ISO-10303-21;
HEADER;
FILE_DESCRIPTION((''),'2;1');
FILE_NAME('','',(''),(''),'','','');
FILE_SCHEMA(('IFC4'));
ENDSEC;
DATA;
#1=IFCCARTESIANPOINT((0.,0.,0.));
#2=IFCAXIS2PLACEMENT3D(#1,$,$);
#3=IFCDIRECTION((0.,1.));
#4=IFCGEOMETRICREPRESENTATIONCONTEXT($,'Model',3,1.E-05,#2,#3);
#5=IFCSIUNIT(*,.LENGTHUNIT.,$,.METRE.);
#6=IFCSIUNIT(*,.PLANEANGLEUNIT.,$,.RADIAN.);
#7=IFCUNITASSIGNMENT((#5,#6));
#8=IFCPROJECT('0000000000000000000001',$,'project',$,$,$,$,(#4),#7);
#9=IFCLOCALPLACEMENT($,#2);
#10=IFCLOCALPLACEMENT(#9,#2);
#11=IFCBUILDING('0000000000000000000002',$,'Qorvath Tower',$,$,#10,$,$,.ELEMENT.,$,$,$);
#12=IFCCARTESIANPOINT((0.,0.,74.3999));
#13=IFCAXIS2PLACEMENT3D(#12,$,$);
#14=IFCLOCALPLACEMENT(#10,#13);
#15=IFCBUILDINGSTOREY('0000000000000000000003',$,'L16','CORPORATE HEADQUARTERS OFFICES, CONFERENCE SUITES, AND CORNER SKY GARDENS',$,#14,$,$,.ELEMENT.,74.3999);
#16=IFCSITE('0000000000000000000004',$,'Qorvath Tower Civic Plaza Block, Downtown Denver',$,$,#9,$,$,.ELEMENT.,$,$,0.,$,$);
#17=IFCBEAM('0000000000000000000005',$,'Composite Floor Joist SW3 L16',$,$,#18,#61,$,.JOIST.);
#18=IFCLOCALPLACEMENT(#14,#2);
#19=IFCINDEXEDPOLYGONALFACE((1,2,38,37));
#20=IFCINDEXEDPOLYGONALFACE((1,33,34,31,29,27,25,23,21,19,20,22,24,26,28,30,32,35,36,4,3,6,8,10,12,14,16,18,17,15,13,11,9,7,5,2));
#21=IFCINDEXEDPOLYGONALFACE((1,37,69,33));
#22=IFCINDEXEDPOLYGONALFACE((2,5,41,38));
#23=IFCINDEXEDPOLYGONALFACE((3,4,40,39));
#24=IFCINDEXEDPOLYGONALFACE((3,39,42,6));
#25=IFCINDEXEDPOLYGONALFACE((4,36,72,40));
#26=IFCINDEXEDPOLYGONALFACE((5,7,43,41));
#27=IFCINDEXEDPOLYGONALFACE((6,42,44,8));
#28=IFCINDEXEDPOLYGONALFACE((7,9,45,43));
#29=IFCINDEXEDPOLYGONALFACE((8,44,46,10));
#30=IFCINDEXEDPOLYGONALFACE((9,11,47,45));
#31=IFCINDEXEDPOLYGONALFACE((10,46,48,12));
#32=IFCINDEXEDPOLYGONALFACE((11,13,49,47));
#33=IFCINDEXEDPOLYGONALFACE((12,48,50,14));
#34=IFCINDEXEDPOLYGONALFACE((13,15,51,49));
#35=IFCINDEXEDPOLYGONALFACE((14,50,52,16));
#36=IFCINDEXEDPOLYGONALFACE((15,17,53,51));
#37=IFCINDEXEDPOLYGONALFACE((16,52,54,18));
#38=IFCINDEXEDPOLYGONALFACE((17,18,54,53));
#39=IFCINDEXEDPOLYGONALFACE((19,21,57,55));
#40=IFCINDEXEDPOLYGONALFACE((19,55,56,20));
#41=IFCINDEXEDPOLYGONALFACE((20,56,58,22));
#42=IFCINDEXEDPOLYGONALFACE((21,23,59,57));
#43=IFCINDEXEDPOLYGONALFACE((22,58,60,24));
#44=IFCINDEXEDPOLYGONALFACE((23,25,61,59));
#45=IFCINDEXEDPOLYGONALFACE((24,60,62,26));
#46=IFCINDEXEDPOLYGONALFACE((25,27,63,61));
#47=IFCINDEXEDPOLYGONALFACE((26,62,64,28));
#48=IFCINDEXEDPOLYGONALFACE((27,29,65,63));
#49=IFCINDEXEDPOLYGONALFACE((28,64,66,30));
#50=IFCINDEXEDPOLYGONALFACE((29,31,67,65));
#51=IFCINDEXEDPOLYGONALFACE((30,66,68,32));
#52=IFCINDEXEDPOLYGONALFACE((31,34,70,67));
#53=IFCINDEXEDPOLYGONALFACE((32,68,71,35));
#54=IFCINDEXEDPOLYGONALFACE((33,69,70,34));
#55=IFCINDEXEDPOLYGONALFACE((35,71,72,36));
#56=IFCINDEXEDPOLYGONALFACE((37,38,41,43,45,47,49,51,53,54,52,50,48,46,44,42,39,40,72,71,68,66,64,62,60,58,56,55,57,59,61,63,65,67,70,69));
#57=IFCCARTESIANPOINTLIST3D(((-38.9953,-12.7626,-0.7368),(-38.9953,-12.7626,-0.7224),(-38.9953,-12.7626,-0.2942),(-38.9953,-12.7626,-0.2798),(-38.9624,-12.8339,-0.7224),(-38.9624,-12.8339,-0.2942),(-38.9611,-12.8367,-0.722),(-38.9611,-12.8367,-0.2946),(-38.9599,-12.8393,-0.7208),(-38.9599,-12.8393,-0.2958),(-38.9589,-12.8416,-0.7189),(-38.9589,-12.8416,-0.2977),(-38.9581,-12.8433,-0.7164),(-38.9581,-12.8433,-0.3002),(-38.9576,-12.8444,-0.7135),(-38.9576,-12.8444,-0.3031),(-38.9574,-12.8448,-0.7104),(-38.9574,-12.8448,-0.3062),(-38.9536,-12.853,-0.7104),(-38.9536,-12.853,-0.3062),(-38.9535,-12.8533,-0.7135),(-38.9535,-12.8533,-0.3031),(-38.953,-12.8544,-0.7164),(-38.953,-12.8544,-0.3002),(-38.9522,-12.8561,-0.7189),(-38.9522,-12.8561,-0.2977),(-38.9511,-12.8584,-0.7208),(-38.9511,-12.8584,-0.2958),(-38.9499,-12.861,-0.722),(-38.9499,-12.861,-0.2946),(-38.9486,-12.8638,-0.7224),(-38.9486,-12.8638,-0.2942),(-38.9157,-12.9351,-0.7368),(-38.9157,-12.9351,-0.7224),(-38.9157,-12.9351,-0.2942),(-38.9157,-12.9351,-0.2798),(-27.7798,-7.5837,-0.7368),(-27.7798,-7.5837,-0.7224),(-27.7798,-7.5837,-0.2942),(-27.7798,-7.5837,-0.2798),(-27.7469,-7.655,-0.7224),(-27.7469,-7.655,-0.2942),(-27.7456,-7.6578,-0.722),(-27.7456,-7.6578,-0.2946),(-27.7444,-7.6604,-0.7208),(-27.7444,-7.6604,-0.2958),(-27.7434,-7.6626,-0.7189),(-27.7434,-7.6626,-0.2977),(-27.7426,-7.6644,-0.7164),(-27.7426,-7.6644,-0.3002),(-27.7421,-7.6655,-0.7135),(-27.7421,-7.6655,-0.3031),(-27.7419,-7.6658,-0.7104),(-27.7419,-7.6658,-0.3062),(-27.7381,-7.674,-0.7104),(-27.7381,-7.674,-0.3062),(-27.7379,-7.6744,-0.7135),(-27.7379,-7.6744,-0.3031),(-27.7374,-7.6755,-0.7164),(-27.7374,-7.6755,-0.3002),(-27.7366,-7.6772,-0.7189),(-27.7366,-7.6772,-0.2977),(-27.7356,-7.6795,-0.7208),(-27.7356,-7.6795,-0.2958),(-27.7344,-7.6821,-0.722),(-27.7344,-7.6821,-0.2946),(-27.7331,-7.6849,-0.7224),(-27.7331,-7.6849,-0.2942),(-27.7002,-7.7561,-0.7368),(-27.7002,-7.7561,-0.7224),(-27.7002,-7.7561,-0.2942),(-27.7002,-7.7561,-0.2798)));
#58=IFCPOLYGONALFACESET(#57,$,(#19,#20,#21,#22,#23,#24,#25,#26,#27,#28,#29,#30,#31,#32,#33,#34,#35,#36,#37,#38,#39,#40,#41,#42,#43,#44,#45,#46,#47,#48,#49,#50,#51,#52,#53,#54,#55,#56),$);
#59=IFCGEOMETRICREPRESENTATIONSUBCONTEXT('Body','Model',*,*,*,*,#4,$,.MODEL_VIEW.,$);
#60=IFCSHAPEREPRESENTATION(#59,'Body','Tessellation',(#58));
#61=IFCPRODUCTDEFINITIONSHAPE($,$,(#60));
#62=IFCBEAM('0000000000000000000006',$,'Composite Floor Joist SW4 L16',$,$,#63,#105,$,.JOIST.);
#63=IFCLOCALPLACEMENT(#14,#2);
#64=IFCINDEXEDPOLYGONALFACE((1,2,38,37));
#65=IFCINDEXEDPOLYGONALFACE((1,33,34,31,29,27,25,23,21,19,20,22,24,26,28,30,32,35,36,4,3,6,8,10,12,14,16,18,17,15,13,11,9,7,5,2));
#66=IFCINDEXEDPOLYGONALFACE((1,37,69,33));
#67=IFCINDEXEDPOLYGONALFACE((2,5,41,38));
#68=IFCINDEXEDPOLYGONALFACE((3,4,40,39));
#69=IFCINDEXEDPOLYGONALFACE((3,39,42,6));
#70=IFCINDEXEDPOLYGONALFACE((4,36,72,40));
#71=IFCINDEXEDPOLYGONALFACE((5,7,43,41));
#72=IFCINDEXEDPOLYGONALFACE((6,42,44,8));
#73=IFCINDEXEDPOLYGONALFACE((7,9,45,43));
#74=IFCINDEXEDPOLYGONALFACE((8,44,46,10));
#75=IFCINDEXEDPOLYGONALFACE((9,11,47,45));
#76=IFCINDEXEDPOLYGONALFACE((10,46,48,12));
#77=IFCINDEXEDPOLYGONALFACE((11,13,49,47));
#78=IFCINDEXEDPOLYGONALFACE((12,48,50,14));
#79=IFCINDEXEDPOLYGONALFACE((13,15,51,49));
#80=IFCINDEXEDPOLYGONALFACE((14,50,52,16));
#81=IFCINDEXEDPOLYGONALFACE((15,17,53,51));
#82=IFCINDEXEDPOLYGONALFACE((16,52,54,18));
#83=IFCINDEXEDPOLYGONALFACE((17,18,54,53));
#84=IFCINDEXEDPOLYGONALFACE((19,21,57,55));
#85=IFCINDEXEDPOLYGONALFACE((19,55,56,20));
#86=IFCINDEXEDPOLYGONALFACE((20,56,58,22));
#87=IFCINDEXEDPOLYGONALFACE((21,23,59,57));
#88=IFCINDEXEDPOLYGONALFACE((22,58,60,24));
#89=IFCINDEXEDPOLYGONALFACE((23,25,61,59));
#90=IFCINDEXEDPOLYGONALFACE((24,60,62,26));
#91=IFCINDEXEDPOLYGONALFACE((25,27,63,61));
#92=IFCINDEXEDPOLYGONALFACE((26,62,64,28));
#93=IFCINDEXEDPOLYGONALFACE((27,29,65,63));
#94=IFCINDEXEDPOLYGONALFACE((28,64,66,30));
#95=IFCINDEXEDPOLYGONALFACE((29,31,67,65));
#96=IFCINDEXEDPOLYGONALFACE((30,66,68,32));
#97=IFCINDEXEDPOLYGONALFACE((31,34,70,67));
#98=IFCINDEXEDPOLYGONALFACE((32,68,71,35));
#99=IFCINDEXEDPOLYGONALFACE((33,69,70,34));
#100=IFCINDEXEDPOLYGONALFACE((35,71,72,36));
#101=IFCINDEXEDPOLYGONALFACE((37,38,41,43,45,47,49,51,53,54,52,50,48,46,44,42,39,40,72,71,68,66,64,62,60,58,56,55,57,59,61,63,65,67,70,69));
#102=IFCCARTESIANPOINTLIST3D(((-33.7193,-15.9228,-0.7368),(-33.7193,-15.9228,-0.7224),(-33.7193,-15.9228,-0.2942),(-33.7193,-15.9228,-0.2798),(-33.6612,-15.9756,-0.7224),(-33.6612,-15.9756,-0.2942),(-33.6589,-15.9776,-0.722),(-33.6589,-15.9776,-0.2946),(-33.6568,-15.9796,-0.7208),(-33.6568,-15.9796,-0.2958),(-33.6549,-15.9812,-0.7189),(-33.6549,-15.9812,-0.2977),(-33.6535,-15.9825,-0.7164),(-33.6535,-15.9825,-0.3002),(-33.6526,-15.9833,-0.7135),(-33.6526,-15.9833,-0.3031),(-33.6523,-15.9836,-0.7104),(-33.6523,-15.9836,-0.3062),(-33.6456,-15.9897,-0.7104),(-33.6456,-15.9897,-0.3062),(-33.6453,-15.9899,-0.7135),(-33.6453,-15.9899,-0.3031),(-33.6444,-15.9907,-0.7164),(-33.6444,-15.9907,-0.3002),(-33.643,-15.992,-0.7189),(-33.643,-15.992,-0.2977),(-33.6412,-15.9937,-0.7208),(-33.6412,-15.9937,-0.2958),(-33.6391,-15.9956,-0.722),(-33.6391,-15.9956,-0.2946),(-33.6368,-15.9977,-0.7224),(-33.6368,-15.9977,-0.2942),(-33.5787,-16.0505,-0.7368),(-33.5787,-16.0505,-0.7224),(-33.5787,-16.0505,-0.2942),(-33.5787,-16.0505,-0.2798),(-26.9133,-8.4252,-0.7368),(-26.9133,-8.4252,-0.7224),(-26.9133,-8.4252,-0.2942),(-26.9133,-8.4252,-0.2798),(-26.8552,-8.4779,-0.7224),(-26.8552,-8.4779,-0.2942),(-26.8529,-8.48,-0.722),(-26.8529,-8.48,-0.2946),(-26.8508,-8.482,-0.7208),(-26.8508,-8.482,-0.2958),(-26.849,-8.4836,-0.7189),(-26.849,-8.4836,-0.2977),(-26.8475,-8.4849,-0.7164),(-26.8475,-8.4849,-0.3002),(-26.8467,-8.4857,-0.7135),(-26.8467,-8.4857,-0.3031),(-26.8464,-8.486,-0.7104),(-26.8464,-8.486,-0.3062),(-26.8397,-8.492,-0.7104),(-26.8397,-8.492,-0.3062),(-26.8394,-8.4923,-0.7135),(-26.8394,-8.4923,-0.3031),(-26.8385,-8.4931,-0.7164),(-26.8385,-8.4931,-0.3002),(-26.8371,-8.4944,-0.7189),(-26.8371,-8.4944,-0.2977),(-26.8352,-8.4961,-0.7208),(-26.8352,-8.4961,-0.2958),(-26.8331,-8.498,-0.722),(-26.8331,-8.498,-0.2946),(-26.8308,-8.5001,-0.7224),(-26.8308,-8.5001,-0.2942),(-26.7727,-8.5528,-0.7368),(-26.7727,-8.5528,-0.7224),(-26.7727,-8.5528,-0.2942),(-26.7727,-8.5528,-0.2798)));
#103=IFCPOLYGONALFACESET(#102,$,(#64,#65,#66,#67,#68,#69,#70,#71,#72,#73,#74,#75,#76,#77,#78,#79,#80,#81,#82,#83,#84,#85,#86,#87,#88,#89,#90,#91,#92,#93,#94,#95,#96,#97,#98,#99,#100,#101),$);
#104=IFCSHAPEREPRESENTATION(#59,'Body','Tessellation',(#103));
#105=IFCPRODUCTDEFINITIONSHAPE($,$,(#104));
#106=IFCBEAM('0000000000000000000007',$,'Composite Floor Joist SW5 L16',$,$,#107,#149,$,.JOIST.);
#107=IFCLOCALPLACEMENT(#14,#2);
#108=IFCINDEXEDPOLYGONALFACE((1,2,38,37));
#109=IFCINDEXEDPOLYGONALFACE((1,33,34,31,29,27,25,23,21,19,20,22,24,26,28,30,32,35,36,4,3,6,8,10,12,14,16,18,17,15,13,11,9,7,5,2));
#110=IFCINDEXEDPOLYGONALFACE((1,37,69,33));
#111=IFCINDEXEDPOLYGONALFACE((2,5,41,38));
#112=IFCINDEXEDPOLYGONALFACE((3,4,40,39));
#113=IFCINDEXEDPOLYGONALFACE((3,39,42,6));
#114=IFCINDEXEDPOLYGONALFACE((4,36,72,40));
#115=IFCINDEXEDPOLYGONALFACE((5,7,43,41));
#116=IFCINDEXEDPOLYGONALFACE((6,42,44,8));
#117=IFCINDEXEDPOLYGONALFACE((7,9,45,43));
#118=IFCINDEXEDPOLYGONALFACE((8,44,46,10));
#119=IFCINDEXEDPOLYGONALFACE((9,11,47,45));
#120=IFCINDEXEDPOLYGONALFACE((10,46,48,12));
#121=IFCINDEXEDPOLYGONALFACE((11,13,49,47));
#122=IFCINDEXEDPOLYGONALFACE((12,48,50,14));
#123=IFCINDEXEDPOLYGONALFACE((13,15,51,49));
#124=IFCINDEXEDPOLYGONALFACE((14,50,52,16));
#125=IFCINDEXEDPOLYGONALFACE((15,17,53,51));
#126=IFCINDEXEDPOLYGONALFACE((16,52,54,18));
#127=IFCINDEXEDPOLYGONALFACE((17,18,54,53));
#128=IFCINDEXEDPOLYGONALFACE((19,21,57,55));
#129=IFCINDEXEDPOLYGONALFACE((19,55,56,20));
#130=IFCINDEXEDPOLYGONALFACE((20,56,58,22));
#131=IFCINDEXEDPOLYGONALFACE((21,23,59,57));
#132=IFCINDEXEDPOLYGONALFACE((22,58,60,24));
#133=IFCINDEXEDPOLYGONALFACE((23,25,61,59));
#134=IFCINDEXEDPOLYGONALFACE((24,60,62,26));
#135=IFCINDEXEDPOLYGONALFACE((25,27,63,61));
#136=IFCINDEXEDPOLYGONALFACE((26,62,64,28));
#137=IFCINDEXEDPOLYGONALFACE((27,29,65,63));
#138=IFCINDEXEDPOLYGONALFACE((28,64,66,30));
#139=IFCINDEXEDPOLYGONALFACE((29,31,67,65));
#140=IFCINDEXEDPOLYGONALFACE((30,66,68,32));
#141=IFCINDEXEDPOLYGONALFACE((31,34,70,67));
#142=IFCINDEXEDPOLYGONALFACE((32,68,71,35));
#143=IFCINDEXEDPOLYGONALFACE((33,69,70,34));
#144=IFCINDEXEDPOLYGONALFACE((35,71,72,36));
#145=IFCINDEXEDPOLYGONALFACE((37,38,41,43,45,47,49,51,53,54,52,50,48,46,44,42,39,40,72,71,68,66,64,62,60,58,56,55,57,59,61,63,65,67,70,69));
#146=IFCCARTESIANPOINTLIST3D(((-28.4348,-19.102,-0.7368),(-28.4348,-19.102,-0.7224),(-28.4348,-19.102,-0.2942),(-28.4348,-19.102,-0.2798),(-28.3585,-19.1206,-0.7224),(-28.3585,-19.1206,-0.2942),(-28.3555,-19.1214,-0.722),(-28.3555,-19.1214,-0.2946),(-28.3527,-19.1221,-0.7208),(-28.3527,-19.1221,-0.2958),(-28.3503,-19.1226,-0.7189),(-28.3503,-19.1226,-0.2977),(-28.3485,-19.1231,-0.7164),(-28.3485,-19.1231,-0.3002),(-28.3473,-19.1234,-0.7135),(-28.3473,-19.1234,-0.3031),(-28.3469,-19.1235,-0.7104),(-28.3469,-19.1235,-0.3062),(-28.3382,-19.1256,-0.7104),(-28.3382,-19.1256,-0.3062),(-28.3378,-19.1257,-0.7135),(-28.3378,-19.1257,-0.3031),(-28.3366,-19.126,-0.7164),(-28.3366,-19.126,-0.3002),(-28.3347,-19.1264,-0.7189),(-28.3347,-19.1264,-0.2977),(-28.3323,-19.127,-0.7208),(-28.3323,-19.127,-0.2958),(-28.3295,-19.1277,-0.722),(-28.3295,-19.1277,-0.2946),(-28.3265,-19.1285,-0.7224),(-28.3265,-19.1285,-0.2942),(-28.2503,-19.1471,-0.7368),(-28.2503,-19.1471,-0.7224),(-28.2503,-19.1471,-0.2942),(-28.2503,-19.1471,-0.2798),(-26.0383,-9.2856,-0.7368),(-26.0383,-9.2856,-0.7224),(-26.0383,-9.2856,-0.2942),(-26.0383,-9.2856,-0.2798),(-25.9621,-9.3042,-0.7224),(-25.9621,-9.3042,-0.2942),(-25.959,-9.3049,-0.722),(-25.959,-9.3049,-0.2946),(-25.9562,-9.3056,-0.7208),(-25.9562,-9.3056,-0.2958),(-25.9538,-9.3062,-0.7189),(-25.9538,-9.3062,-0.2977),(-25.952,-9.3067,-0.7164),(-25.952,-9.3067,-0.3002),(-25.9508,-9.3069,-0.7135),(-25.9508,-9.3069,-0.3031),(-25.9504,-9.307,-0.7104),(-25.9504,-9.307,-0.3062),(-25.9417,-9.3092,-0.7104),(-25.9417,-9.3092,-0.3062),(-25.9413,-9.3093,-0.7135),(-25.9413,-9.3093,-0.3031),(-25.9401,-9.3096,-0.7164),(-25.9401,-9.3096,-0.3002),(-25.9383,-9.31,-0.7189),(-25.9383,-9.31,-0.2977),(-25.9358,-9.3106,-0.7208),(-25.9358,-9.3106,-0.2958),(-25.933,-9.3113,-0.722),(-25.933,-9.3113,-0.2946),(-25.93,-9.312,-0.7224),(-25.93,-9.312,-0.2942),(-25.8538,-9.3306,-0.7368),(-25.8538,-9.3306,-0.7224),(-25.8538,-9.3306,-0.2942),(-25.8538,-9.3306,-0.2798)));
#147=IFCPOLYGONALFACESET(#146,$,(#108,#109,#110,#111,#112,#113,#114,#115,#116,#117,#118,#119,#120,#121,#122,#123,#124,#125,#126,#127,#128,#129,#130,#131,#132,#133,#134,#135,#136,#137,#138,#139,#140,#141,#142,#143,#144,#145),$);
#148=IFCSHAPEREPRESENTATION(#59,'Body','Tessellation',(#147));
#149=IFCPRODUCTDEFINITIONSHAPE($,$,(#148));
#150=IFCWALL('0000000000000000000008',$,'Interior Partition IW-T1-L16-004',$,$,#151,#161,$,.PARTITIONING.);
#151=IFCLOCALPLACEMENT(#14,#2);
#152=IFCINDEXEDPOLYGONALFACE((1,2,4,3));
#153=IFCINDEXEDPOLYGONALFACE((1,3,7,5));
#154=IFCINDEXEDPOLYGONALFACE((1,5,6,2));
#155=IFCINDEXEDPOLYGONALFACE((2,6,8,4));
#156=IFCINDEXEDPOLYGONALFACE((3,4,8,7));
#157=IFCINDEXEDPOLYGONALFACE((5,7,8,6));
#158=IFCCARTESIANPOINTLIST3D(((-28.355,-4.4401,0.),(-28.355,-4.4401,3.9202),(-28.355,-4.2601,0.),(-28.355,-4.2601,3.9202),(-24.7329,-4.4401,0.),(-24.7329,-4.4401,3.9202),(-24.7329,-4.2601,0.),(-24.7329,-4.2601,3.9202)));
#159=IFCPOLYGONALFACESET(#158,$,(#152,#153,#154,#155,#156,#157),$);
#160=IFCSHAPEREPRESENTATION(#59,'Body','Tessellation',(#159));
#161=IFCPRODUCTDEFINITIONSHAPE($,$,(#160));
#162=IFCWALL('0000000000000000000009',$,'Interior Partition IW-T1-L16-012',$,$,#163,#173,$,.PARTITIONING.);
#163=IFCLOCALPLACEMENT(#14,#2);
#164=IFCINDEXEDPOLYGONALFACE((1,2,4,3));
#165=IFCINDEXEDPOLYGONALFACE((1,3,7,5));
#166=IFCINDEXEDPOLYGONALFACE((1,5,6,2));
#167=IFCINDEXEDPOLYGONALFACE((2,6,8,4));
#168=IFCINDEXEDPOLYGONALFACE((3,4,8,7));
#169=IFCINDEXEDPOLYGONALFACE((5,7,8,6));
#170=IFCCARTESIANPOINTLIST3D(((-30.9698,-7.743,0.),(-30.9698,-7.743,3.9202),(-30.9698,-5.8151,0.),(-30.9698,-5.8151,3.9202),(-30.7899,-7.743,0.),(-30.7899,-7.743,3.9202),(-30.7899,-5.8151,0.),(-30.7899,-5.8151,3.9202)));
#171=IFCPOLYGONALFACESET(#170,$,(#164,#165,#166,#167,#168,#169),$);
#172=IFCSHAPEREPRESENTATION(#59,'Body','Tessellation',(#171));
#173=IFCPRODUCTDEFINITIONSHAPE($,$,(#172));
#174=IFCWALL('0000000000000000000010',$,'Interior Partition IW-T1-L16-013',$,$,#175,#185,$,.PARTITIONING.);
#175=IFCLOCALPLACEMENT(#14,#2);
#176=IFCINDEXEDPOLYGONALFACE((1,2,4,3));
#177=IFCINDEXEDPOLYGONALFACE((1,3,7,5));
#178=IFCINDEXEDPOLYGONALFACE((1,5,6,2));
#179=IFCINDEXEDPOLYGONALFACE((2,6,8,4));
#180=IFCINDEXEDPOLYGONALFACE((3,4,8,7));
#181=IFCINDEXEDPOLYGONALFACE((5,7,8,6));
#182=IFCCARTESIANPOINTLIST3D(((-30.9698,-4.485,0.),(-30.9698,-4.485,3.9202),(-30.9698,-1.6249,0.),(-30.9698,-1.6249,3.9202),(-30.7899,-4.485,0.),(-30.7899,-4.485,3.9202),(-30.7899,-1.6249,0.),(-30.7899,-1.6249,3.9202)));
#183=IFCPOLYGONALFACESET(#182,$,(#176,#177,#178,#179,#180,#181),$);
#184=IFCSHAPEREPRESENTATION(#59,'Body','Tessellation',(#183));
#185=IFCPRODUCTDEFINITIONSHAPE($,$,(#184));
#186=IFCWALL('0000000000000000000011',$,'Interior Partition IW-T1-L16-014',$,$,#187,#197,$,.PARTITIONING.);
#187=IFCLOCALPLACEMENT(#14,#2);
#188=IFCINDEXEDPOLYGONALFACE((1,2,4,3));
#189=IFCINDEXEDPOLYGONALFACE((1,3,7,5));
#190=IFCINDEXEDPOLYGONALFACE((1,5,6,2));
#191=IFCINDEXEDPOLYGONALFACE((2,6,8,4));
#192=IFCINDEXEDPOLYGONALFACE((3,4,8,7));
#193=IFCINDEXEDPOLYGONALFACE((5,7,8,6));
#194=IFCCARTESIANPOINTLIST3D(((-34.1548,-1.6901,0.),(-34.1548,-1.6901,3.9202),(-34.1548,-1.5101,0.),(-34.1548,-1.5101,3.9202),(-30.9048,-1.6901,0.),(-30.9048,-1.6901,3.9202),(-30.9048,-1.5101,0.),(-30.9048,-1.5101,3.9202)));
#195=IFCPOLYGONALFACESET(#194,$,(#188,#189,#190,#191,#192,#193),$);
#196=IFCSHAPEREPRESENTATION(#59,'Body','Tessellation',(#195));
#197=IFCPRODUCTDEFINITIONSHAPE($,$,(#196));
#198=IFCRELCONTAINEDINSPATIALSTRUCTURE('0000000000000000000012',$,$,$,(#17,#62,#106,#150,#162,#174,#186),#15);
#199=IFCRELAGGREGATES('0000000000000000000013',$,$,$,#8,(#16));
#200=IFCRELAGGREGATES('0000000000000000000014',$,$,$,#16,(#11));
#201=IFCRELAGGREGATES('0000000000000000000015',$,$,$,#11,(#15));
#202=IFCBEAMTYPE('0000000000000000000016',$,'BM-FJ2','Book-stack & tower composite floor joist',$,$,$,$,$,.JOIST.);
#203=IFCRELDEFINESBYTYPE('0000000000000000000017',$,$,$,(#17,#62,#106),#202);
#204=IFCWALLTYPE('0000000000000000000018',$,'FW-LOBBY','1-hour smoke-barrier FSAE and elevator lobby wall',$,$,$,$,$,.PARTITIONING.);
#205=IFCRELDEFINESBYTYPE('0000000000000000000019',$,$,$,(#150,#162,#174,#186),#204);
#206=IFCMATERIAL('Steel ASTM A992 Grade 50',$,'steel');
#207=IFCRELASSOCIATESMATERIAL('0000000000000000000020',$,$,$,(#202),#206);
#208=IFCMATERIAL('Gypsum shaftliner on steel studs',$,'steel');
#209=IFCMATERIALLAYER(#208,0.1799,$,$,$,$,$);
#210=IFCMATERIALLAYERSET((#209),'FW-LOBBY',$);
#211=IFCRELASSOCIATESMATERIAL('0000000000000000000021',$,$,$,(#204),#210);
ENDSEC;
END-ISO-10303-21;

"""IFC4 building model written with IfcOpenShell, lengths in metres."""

from ifc_helpers import new_model, si_unit, direction, frame, frame_2d, origin, origin_2d, place, context, subcontext, project, spatial, rectangle, i_section, extrude, material, layer, layer_set, material_profile, profile_set, type_object, element, save


model = new_model("IFC4")

# Units and contexts
model_context = context("Model", 3, precision=1e-05, world=origin(), true_north=direction((0.0, 1.0)))
body_context = subcontext(model_context, "Body", "Model", "MODEL_VIEW")
ifc_project = project(units=[si_unit("LENGTHUNIT", "METRE"), si_unit("PLANEANGLEUNIT", "RADIAN")], contexts=[model_context])

# Site, building, storey
site_placement = place(None, origin())
site = spatial("IfcSite", under=ifc_project, at=site_placement, Name="Qorvath Tower Civic Plaza Block, Downtown Denver", CompositionType="ELEMENT", RefElevation=0.0)
building_placement = place(site_placement, origin())
building = spatial("IfcBuilding", under=site, at=building_placement, Name="Qorvath Tower", CompositionType="ELEMENT")
storey_placement = place(building_placement, frame((0.0, 0.0, 74.3999)))
storey = spatial("IfcBuildingStorey", under=building, at=storey_placement, Name="L16", Description="CORPORATE HEADQUARTERS OFFICES, CONFERENCE SUITES, AND CORNER SKY GARDENS", CompositionType="ELEMENT", Elevation=74.3999)

# Beams
ifc_material_1 = material(Name="Steel ASTM A992 Grade 50", Category="steel")
ifc_material_profile_1 = material_profile(ifc_material_1, i_section(OverallWidth=0.1899, OverallDepth=0.457, WebThickness=0.009, FlangeThickness=0.0144, FilletRadius=0.012, at=origin_2d()), Name="W18x50")
ifc_profile_set_1 = profile_set([ifc_material_profile_1], Name="Steel ASTM A992 Grade 50")
beam_type_1 = type_object("IfcBeamType", Name="BM-FJ2", Description="Book-stack & tower composite floor joist", PredefinedType="JOIST", material=ifc_profile_set_1)
beam_1_placement = place(storey_placement, frame((-27.74, -7.6699, -0.5083), z_axis=(-0.907881, -0.419227, 0.0), x_axis=(0.419227, -0.907881, 0.0)))
element("IfcBeam", 1, at=beam_1_placement, inside=storey, type_object=beam_type_1, Name="Composite Floor Joist SW3 L16", PredefinedType="JOIST", context=body_context, shape_type="SweptSolid", body=[
    extrude(i_section(OverallWidth=0.1899, OverallDepth=0.457, WebThickness=0.009, FlangeThickness=0.0144, FilletRadius=0.012, at=origin_2d()), origin(), (0.0, 0.0, 1.0), 12.3535),
])
beam_2_placement = place(storey_placement, frame((-26.843, -8.489, -0.5083), z_axis=(-0.672129, -0.740434, 0.0), x_axis=(0.740434, -0.672129, 0.0)))
element("IfcBeam", 2, at=beam_2_placement, inside=storey, type_object=beam_type_1, Name="Composite Floor Joist SW4 L16", PredefinedType="JOIST", context=body_context, shape_type="SweptSolid", body=[
    extrude(i_section(OverallWidth=0.1899, OverallDepth=0.457, WebThickness=0.009, FlangeThickness=0.0144, FilletRadius=0.012, at=origin_2d()), origin(), (0.0, 0.0, 1.0), 10.126),
])
beam_3_placement = place(storey_placement, frame((-25.946, -9.3081, -0.5083), z_axis=(-0.237165, -0.971469, 0.0), x_axis=(0.971469, -0.237165, 0.0)))
element("IfcBeam", 3, at=beam_3_placement, inside=storey, type_object=beam_type_1, Name="Composite Floor Joist SW5 L16", PredefinedType="JOIST", context=body_context, shape_type="SweptSolid", body=[
    extrude(i_section(OverallWidth=0.1899, OverallDepth=0.457, WebThickness=0.009, FlangeThickness=0.0144, FilletRadius=0.012, at=origin_2d()), origin(), (0.0, 0.0, 1.0), 10.1047),
])

# Shared definitions
ifc_material_2 = material(Name="Gypsum shaftliner on steel studs", Category="steel")
ifc_layer_1 = layer(ifc_material_2, 0.1799)
ifc_layer_set_1 = layer_set([ifc_layer_1], Name="FW-LOBBY")
wall_type_1 = type_object("IfcWallType", Name="FW-LOBBY", Description="1-hour smoke-barrier FSAE and elevator lobby wall", PredefinedType="PARTITIONING", material=ifc_layer_set_1)

# Walls
wall_1_placement = place(storey_placement, frame((-24.7329, -4.3501, 0.0), z_axis=(0.0, 0.0, 1.0), x_axis=(-1.0, 0.0, 0.0)))
element("IfcWall", 4, at=wall_1_placement, inside=storey, type_object=wall_type_1, Name="Interior Partition IW-T1-L16-004", PredefinedType="PARTITIONING", context=body_context, shape_type="SweptSolid", body=[
    extrude(rectangle(XDim=3.6221, YDim=0.1799, at=frame_2d((1.811, 0.0))), origin(), (0.0, 0.0, 1.0), 3.9202),
])
wall_2_placement = place(storey_placement, frame((-30.8799, -7.7429, 0.0), z_axis=(0.0, 0.0, 1.0), x_axis=(0.0, 1.0, 0.0)))
element("IfcWall", 5, at=wall_2_placement, inside=storey, type_object=wall_type_1, Name="Interior Partition IW-T1-L16-012", PredefinedType="PARTITIONING", context=body_context, shape_type="SweptSolid", body=[
    extrude(rectangle(XDim=1.928, YDim=0.1799, at=frame_2d((0.9639, 0.0))), origin(), (0.0, 0.0, 1.0), 3.9202),
])
wall_3_placement = place(storey_placement, frame((-30.8799, -4.4851, 0.0), z_axis=(0.0, 0.0, 1.0), x_axis=(0.0, 1.0, 0.0)))
element("IfcWall", 6, at=wall_3_placement, inside=storey, type_object=wall_type_1, Name="Interior Partition IW-T1-L16-013", PredefinedType="PARTITIONING", context=body_context, shape_type="SweptSolid", body=[
    extrude(rectangle(XDim=2.8601, YDim=0.1799, at=frame_2d((1.4302, 0.0))), origin(), (0.0, 0.0, 1.0), 3.9202),
])
wall_4_placement = place(storey_placement, frame((-30.9048, -1.6001, 0.0), z_axis=(0.0, 0.0, 1.0), x_axis=(-1.0, 0.0, 0.0)))
element("IfcWall", 7, at=wall_4_placement, inside=storey, type_object=wall_type_1, Name="Interior Partition IW-T1-L16-014", PredefinedType="PARTITIONING", context=body_context, shape_type="SweptSolid", body=[
    extrude(rectangle(XDim=3.25, YDim=0.1799, at=frame_2d((1.625, 0.0))), origin(), (0.0, 0.0, 1.0), 3.9202),
])

save(model, "model.ifc")
